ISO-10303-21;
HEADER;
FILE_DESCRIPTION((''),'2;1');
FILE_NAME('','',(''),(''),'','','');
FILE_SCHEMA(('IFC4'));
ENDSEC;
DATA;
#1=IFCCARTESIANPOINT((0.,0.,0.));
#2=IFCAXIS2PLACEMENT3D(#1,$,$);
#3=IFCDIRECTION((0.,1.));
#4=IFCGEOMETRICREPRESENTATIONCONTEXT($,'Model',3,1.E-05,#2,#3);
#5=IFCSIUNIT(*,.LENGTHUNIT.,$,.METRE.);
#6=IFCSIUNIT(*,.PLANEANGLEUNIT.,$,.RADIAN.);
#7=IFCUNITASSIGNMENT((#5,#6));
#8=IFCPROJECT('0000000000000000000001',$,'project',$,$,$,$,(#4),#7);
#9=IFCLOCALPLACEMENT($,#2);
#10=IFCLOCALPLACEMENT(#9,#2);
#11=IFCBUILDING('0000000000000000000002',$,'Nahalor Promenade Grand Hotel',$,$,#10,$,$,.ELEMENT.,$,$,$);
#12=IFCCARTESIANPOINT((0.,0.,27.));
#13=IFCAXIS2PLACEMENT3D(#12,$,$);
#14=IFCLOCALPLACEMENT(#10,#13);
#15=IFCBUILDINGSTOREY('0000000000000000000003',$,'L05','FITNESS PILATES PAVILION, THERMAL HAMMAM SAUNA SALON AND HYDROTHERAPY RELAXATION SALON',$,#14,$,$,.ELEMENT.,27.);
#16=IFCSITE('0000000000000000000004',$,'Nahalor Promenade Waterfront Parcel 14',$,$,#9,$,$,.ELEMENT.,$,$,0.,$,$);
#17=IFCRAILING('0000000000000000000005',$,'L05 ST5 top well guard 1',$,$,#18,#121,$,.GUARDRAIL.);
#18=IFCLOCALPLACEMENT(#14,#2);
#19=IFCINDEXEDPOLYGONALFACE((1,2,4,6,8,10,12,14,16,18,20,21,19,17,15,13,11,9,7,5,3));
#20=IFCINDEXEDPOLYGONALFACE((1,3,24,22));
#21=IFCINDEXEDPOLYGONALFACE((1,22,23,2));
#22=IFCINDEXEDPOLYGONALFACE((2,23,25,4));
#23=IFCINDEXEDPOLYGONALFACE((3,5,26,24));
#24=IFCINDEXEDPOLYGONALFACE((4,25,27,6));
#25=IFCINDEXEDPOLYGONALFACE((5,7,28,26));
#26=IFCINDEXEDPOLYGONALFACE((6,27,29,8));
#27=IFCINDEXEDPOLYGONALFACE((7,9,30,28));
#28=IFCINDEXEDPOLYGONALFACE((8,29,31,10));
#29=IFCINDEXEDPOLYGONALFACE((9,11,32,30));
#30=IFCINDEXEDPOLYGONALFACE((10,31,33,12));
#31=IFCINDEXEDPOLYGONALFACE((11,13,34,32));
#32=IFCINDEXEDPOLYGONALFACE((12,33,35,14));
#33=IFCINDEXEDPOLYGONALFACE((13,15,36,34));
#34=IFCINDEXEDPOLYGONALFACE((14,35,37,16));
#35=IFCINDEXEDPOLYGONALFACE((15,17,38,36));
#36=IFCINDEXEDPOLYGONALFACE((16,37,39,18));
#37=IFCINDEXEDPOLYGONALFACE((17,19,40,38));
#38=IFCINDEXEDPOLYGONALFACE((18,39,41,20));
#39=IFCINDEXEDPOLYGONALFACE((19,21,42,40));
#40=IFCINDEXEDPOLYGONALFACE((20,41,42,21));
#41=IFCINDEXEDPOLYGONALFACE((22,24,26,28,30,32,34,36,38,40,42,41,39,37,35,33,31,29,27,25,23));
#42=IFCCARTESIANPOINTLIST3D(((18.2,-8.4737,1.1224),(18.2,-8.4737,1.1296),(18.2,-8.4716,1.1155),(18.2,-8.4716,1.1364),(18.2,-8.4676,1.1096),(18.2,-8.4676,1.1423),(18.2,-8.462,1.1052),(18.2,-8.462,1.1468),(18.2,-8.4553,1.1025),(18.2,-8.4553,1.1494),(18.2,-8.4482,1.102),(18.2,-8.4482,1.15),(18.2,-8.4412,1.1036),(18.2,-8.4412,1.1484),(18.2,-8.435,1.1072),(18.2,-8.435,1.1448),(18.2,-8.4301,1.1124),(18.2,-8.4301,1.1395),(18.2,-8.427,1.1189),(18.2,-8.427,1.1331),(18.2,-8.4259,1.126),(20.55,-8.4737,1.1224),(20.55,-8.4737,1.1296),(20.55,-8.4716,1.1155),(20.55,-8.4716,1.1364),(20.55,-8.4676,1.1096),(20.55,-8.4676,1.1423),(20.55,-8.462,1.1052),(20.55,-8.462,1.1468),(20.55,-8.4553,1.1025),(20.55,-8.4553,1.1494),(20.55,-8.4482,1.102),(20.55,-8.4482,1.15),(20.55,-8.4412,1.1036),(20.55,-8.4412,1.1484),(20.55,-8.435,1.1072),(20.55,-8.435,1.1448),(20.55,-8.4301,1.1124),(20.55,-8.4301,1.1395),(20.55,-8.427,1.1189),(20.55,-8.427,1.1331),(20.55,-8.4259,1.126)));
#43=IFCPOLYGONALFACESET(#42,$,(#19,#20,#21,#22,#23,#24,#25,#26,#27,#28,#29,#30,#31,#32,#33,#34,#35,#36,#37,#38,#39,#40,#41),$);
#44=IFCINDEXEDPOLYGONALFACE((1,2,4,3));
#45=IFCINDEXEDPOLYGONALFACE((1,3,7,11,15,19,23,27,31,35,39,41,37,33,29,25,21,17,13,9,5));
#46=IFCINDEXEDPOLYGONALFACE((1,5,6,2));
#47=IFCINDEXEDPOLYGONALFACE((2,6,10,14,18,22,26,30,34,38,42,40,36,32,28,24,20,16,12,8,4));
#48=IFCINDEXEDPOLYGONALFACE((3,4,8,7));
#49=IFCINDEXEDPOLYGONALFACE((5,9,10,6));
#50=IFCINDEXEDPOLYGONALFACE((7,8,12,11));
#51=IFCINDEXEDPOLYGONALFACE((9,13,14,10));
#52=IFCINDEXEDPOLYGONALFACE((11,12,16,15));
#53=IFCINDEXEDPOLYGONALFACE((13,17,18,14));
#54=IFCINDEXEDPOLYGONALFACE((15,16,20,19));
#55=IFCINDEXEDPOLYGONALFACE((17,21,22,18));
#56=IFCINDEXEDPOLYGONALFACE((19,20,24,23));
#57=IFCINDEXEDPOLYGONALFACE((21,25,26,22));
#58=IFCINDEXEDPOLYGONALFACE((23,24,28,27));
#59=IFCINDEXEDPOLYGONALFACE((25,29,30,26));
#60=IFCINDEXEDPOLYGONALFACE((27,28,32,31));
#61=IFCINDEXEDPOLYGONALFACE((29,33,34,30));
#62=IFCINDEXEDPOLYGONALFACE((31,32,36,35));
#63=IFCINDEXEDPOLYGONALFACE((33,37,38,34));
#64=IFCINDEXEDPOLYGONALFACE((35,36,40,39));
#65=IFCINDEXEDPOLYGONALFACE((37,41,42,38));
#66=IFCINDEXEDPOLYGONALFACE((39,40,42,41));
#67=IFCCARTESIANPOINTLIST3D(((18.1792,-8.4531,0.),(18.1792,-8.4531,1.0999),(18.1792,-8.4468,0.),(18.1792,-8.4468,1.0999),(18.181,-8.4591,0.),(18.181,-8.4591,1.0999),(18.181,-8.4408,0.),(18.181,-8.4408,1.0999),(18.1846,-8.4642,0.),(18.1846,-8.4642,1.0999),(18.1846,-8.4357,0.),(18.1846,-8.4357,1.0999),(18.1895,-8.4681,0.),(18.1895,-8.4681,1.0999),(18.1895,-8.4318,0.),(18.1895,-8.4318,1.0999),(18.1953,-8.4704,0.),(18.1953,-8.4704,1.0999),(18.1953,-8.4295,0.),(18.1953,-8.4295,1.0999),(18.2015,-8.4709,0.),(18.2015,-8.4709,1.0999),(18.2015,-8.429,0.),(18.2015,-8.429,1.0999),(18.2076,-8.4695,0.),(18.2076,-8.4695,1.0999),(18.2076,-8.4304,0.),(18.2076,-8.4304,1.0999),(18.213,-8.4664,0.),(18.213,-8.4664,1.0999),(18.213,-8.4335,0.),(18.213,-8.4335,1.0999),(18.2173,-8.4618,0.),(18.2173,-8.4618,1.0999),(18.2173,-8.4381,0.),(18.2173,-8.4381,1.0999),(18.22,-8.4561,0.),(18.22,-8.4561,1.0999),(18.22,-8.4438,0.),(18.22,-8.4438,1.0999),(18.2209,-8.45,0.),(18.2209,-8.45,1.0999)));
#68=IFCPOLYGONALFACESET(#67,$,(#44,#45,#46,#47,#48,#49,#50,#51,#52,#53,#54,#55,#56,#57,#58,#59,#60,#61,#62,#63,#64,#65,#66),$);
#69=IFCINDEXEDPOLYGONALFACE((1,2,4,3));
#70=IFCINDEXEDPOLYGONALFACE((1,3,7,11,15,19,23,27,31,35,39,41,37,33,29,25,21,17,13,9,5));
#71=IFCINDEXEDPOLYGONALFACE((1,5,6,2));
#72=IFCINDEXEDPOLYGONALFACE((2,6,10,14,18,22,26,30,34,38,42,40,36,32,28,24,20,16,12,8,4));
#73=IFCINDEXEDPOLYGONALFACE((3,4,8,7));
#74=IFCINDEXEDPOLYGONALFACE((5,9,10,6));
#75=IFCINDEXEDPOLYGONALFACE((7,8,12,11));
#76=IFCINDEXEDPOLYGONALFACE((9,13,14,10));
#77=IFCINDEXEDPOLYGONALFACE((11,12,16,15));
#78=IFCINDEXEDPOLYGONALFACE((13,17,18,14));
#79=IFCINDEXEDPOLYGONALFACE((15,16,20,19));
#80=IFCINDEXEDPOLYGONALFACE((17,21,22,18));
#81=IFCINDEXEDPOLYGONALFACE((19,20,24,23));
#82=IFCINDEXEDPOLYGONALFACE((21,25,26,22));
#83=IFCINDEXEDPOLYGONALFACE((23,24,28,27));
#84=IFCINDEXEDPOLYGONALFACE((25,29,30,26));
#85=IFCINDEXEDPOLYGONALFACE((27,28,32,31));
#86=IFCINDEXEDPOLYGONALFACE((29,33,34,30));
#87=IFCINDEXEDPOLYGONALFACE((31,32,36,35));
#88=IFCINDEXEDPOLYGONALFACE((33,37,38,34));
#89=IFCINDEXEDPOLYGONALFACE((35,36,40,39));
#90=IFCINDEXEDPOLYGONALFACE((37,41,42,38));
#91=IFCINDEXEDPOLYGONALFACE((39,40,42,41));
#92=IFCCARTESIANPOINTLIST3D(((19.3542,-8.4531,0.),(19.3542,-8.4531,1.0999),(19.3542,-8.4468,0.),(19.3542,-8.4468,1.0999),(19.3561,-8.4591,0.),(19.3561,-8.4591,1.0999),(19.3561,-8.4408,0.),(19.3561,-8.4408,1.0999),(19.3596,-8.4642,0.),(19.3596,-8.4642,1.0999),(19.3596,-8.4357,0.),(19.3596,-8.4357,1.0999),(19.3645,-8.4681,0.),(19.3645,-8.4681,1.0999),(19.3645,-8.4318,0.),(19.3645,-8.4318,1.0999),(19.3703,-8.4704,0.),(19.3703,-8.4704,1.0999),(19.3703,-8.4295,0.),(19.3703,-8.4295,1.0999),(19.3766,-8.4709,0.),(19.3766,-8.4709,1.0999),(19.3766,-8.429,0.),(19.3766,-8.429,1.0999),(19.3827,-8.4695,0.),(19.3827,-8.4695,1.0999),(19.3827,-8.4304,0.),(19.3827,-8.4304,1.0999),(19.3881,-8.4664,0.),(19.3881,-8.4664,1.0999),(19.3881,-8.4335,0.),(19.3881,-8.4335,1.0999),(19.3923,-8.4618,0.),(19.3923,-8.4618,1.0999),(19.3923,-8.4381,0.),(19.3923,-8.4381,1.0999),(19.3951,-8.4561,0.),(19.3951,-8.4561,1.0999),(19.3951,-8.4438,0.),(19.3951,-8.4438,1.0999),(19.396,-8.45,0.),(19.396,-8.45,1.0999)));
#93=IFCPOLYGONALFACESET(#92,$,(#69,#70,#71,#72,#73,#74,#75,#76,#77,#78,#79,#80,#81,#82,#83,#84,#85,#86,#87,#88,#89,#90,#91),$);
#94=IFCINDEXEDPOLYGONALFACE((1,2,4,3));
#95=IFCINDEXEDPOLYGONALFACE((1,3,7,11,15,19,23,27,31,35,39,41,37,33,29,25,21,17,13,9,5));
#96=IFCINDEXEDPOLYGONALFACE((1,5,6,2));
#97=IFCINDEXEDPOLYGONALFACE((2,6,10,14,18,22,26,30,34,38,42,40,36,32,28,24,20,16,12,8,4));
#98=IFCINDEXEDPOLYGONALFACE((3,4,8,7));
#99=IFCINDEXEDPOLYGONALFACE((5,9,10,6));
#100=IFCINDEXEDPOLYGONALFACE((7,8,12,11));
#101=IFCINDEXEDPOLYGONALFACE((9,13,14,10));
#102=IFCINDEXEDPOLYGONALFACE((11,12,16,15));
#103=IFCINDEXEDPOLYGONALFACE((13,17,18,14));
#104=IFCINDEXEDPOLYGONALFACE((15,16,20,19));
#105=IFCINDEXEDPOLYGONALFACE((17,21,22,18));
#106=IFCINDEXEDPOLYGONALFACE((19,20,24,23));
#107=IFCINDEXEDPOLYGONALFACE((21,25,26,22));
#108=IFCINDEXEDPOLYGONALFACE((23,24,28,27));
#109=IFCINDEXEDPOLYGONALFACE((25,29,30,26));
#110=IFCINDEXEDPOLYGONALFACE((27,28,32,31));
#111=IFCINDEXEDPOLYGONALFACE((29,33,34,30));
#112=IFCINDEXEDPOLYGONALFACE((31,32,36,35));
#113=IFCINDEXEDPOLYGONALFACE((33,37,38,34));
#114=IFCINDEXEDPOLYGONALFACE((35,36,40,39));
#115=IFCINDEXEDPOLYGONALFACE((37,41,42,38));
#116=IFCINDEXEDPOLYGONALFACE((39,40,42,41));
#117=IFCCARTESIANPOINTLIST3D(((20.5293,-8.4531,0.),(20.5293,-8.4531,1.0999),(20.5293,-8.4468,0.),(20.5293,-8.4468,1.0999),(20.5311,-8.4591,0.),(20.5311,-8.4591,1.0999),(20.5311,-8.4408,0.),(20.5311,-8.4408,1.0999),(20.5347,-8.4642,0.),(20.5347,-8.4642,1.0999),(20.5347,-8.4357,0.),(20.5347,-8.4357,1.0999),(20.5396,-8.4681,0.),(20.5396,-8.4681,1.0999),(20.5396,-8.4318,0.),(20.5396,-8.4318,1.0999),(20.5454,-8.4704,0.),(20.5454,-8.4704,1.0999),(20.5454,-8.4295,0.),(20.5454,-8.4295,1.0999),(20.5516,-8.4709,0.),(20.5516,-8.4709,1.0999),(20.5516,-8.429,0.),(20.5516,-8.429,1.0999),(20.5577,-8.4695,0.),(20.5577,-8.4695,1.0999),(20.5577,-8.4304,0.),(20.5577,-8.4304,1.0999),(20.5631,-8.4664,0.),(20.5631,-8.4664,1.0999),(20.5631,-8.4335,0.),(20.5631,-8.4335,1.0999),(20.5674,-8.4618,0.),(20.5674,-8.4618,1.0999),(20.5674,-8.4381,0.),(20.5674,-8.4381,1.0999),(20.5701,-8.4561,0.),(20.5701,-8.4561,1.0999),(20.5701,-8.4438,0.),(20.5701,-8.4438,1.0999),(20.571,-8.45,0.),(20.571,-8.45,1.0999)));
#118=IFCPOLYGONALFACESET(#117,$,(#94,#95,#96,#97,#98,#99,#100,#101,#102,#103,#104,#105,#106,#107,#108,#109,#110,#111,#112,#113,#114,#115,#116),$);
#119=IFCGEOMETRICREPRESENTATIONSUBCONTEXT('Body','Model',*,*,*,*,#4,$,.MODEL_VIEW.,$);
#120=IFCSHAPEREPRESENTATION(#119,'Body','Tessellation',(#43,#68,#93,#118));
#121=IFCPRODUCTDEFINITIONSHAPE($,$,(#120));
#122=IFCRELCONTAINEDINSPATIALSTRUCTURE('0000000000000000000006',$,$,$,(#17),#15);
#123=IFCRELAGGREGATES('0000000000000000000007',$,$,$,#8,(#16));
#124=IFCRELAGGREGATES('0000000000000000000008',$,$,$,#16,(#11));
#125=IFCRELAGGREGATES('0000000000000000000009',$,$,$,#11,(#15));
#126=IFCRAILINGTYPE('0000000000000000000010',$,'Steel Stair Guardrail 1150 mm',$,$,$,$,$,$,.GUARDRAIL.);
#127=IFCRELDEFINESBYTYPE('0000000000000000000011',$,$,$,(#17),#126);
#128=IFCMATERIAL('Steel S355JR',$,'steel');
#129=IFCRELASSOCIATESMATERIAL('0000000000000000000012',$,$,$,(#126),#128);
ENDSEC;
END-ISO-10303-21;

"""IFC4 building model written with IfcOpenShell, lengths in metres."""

from ifc_helpers import new_model, si_unit, direction, frame, origin, origin_2d, place, context, subcontext, project, spatial, circle, extrude, material, type_object, element, save


model = new_model("IFC4")

# Units and contexts
model_context = context("Model", 3, precision=1e-05, world=origin(), true_north=direction((0.0, 1.0)))
body_context = subcontext(model_context, "Body", "Model", "MODEL_VIEW")
ifc_project = project(units=[si_unit("LENGTHUNIT", "METRE"), si_unit("PLANEANGLEUNIT", "RADIAN")], contexts=[model_context])

# Site, building, storey
site_placement = place(None, origin())
site = spatial("IfcSite", under=ifc_project, at=site_placement, Name="Nahalor Promenade Waterfront Parcel 14", CompositionType="ELEMENT", RefElevation=0.0)
building_placement = place(site_placement, origin())
building = spatial("IfcBuilding", under=site, at=building_placement, Name="Nahalor Promenade Grand Hotel", CompositionType="ELEMENT")
storey_placement = place(building_placement, frame((0.0, 0.0, 27.0)))
storey = spatial("IfcBuildingStorey", under=building, at=storey_placement, Name="L05", Description="FITNESS PILATES PAVILION, THERMAL HAMMAM SAUNA SALON AND HYDROTHERAPY RELAXATION SALON", CompositionType="ELEMENT", Elevation=27.0)

# Shared definitions
ifc_material_1 = material(Name="Steel S355JR", Category="steel")

# Railing
railing_type = type_object("IfcRailingType", Name="Steel Stair Guardrail 1150 mm", PredefinedType="GUARDRAIL", material=ifc_material_1)
railing_placement = place(storey_placement, frame((18.2, -8.45, 0.0)))
element("IfcRailing", 1, at=railing_placement, inside=storey, type_object=railing_type, Name="L05 ST5 top well guard 1", PredefinedType="GUARDRAIL", context=body_context, shape_type="SweptSolid", body=[
    extrude(circle(Radius=0.024, at=origin_2d()), frame((0.0, 0.0, 1.126), z_axis=(1.0, 0.0, 0.0), x_axis=(0.0, 1.0, 0.0)), (0.0, 0.0, 1.0), 2.3501),
    extrude(circle(Radius=0.021, at=origin_2d()), origin(), (0.0, 0.0, 1.0), 1.0999),
    extrude(circle(Radius=0.021, at=origin_2d()), frame((1.175, 0.0, 0.0)), (0.0, 0.0, 1.0), 1.0999),
    extrude(circle(Radius=0.021, at=origin_2d()), frame((2.3501, 0.0, 0.0)), (0.0, 0.0, 1.0), 1.0999),
])

save(model, "model.ifc")
